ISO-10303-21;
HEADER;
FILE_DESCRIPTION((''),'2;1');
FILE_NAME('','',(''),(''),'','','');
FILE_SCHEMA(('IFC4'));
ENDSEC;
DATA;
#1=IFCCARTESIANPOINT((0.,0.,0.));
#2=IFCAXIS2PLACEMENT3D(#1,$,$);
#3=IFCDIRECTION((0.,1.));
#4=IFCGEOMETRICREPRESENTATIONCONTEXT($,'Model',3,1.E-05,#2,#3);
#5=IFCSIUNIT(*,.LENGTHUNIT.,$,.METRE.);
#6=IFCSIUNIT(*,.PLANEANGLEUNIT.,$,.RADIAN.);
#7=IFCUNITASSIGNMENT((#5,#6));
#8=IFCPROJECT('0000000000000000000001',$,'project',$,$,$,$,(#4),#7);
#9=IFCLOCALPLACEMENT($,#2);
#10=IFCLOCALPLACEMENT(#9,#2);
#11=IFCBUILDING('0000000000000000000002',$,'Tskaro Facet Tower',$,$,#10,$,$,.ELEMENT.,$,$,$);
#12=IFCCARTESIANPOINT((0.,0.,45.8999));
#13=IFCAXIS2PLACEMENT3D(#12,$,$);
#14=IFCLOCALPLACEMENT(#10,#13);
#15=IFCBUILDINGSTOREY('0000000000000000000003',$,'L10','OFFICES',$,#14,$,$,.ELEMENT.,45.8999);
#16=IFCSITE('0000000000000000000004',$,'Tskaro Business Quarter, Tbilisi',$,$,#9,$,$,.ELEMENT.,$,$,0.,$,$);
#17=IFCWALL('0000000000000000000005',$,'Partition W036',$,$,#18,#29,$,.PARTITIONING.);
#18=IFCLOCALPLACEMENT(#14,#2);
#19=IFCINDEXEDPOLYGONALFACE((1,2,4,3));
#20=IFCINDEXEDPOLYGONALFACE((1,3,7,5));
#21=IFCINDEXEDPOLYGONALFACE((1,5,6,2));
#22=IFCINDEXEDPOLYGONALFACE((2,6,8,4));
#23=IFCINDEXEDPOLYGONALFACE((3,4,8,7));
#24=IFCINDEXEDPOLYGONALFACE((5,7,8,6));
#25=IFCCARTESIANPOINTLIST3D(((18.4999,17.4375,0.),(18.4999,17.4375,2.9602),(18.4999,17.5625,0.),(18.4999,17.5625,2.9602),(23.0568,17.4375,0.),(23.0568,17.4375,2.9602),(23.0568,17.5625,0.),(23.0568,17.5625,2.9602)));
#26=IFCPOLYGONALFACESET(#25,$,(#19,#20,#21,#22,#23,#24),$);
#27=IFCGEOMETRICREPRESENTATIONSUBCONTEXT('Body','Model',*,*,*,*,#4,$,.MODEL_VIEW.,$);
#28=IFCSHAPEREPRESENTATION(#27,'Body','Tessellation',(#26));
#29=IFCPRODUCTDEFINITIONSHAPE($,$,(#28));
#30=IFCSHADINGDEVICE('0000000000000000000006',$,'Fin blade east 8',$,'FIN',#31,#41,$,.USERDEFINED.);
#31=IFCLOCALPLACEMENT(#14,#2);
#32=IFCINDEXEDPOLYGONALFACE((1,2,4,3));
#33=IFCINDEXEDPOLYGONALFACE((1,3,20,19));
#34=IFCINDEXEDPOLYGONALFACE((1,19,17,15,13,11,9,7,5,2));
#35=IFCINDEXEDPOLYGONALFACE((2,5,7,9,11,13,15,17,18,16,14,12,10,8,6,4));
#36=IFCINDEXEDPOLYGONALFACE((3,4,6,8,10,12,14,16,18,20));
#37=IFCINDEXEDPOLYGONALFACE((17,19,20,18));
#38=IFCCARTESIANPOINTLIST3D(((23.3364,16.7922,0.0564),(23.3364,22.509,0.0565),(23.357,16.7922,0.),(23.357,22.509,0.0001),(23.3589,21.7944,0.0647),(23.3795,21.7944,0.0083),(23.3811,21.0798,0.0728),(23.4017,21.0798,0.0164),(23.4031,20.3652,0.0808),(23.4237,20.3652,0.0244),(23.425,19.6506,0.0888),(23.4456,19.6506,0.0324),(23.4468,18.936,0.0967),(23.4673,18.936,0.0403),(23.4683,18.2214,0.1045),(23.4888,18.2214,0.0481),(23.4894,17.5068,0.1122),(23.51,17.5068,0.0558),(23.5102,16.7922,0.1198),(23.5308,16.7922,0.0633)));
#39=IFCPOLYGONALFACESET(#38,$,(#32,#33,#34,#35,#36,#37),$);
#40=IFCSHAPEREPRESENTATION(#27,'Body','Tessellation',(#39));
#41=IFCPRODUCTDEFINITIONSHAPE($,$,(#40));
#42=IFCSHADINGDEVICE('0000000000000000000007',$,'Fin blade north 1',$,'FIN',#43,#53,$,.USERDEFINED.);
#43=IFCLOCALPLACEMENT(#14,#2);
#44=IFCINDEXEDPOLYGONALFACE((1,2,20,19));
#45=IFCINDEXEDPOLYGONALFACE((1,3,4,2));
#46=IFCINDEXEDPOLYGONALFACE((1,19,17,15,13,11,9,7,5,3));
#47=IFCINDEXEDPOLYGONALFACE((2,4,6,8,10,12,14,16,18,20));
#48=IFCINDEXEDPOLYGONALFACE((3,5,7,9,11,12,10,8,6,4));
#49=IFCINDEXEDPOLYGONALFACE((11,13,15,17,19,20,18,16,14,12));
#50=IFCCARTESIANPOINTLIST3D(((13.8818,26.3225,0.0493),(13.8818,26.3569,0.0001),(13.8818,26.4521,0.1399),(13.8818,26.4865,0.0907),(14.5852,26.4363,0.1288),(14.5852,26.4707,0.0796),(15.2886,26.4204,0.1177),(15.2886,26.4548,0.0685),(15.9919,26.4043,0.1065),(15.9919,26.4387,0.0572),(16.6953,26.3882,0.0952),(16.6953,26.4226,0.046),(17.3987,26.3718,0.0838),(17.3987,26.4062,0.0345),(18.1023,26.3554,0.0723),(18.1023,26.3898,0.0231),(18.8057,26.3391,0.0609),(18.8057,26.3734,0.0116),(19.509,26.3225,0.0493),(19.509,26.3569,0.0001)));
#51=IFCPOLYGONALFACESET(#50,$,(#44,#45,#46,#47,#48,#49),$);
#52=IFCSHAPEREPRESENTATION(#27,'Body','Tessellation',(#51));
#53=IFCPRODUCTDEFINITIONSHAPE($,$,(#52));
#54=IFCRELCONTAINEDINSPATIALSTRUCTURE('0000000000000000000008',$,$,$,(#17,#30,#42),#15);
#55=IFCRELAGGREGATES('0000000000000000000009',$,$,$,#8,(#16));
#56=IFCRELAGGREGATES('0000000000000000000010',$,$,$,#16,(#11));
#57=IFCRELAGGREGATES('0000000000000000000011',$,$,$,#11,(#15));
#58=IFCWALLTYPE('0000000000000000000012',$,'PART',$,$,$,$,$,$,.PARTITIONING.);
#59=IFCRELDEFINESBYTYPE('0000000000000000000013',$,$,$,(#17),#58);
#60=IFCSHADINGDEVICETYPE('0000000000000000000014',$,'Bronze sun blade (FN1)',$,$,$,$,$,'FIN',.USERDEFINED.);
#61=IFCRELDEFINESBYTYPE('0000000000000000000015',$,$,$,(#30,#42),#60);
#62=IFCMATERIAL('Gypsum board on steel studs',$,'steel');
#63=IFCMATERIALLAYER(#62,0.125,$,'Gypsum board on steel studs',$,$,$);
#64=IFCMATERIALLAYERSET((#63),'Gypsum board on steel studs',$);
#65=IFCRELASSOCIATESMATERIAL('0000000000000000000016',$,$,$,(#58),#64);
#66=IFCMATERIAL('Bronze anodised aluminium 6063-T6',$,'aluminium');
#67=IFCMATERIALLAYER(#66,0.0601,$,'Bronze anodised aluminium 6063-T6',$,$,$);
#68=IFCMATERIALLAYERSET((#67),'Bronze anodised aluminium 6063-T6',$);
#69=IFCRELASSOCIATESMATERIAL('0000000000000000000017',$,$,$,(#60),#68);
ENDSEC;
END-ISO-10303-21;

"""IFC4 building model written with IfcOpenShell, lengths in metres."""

from ifc_helpers import new_model, si_unit, direction, frame, frame_2d, origin, place, context, subcontext, project, spatial, polyline, rectangle, outline, extrude, material, layer, layer_set, type_object, element, save


model = new_model("IFC4")

# Units and contexts
model_context = context("Model", 3, precision=1e-05, world=origin(), true_north=direction((0.0, 1.0)))
body_context = subcontext(model_context, "Body", "Model", "MODEL_VIEW")
ifc_project = project(units=[si_unit("LENGTHUNIT", "METRE"), si_unit("PLANEANGLEUNIT", "RADIAN")], contexts=[model_context])

# Site, building, storey
site_placement = place(None, origin())
site = spatial("IfcSite", under=ifc_project, at=site_placement, Name="Tskaro Business Quarter, Tbilisi", CompositionType="ELEMENT", RefElevation=0.0)
building_placement = place(site_placement, origin())
building = spatial("IfcBuilding", under=site, at=building_placement, Name="Tskaro Facet Tower", CompositionType="ELEMENT")
storey_placement = place(building_placement, frame((0.0, 0.0, 45.8999)))
storey = spatial("IfcBuildingStorey", under=building, at=storey_placement, Name="L10", Description="OFFICES", CompositionType="ELEMENT", Elevation=45.8999)

# Shared definitions
ifc_material_1 = material(Name="Bronze anodised aluminium 6063-T6", Category="aluminium")

# Wall
ifc_material_2 = material(Name="Gypsum board on steel studs", Category="steel")
ifc_layer_1 = layer(ifc_material_2, 0.125, Name="Gypsum board on steel studs")
ifc_layer_set_1 = layer_set([ifc_layer_1], Name="Gypsum board on steel studs")
wall_type = type_object("IfcWallType", Name="PART", PredefinedType="PARTITIONING", material=ifc_layer_set_1)
wall_placement = place(storey_placement, frame((18.5, 17.5, 0.0), z_axis=(0.0, 0.0, 1.0), x_axis=(1.0, 0.0, 0.0)))
element("IfcWall", 1, at=wall_placement, inside=storey, type_object=wall_type, Name="Partition W036", PredefinedType="PARTITIONING", context=body_context, shape_type="SweptSolid", body=[
    extrude(rectangle(XDim=4.5569, YDim=0.125, at=frame_2d((2.2783, 0.0))), origin(), (0.0, 0.0, 1.0), 2.9602),
])

# Shading devices
ifc_layer_2 = layer(ifc_material_1, 0.0601, Name="Bronze anodised aluminium 6063-T6")
ifc_layer_set_2 = layer_set([ifc_layer_2], Name="Bronze anodised aluminium 6063-T6")
shading_device_type = type_object("IfcShadingDeviceType", Name="Bronze sun blade (FN1)", ElementType="FIN", PredefinedType="USERDEFINED", material=ifc_layer_set_2)
shading_device_1_placement = place(storey_placement, frame((23.3364, 16.7922, 0.0564), z_axis=(-0.342619, -0.000027, 0.939475), x_axis=(-0.000009, 1.0, 0.000025)))
element("IfcShadingDevice", 2, at=shading_device_1_placement, inside=storey, type_object=shading_device_type, Name="Fin blade east 8", ObjectType="FIN", PredefinedType="USERDEFINED", context=body_context, shape_type="SweptSolid", body=[
    extrude(outline(polyline([(0.0, 0.0), (5.7168, 0.0), (5.0022, -0.0239), (4.2876, -0.0476), (3.573, -0.071), (2.8584, -0.0943), (2.1438, -0.1175), (1.4292, -0.1403), (0.7146, -0.1629), (0.0, -0.185), (0.0, 0.0)])), origin(), (0.0, 0.0, -1.0), 0.0601),
])
shading_device_2_placement = place(storey_placement, frame((19.509, 26.3225, 0.0493), z_axis=(0.000007, -0.57255, 0.81987), x_axis=(-1.0, -0.000004, 0.000005)))
element("IfcShadingDevice", 3, at=shading_device_2_placement, inside=storey, type_object=shading_device_type, Name="Fin blade north 1", ObjectType="FIN", PredefinedType="USERDEFINED", context=body_context, shape_type="SweptSolid", body=[
    extrude(outline(polyline([(0.0, 0.0), (5.6272, 0.0), (5.6272, -0.1581), (4.9238, -0.1388), (4.2205, -0.1194), (3.5171, -0.0998), (2.8137, -0.0801), (2.1104, -0.0601), (1.4067, -0.0402), (0.7034, -0.0202), (0.0, 0.0)])), origin(), (0.0, 0.0, -1.0), 0.0601),
])

save(model, "model.ifc")
